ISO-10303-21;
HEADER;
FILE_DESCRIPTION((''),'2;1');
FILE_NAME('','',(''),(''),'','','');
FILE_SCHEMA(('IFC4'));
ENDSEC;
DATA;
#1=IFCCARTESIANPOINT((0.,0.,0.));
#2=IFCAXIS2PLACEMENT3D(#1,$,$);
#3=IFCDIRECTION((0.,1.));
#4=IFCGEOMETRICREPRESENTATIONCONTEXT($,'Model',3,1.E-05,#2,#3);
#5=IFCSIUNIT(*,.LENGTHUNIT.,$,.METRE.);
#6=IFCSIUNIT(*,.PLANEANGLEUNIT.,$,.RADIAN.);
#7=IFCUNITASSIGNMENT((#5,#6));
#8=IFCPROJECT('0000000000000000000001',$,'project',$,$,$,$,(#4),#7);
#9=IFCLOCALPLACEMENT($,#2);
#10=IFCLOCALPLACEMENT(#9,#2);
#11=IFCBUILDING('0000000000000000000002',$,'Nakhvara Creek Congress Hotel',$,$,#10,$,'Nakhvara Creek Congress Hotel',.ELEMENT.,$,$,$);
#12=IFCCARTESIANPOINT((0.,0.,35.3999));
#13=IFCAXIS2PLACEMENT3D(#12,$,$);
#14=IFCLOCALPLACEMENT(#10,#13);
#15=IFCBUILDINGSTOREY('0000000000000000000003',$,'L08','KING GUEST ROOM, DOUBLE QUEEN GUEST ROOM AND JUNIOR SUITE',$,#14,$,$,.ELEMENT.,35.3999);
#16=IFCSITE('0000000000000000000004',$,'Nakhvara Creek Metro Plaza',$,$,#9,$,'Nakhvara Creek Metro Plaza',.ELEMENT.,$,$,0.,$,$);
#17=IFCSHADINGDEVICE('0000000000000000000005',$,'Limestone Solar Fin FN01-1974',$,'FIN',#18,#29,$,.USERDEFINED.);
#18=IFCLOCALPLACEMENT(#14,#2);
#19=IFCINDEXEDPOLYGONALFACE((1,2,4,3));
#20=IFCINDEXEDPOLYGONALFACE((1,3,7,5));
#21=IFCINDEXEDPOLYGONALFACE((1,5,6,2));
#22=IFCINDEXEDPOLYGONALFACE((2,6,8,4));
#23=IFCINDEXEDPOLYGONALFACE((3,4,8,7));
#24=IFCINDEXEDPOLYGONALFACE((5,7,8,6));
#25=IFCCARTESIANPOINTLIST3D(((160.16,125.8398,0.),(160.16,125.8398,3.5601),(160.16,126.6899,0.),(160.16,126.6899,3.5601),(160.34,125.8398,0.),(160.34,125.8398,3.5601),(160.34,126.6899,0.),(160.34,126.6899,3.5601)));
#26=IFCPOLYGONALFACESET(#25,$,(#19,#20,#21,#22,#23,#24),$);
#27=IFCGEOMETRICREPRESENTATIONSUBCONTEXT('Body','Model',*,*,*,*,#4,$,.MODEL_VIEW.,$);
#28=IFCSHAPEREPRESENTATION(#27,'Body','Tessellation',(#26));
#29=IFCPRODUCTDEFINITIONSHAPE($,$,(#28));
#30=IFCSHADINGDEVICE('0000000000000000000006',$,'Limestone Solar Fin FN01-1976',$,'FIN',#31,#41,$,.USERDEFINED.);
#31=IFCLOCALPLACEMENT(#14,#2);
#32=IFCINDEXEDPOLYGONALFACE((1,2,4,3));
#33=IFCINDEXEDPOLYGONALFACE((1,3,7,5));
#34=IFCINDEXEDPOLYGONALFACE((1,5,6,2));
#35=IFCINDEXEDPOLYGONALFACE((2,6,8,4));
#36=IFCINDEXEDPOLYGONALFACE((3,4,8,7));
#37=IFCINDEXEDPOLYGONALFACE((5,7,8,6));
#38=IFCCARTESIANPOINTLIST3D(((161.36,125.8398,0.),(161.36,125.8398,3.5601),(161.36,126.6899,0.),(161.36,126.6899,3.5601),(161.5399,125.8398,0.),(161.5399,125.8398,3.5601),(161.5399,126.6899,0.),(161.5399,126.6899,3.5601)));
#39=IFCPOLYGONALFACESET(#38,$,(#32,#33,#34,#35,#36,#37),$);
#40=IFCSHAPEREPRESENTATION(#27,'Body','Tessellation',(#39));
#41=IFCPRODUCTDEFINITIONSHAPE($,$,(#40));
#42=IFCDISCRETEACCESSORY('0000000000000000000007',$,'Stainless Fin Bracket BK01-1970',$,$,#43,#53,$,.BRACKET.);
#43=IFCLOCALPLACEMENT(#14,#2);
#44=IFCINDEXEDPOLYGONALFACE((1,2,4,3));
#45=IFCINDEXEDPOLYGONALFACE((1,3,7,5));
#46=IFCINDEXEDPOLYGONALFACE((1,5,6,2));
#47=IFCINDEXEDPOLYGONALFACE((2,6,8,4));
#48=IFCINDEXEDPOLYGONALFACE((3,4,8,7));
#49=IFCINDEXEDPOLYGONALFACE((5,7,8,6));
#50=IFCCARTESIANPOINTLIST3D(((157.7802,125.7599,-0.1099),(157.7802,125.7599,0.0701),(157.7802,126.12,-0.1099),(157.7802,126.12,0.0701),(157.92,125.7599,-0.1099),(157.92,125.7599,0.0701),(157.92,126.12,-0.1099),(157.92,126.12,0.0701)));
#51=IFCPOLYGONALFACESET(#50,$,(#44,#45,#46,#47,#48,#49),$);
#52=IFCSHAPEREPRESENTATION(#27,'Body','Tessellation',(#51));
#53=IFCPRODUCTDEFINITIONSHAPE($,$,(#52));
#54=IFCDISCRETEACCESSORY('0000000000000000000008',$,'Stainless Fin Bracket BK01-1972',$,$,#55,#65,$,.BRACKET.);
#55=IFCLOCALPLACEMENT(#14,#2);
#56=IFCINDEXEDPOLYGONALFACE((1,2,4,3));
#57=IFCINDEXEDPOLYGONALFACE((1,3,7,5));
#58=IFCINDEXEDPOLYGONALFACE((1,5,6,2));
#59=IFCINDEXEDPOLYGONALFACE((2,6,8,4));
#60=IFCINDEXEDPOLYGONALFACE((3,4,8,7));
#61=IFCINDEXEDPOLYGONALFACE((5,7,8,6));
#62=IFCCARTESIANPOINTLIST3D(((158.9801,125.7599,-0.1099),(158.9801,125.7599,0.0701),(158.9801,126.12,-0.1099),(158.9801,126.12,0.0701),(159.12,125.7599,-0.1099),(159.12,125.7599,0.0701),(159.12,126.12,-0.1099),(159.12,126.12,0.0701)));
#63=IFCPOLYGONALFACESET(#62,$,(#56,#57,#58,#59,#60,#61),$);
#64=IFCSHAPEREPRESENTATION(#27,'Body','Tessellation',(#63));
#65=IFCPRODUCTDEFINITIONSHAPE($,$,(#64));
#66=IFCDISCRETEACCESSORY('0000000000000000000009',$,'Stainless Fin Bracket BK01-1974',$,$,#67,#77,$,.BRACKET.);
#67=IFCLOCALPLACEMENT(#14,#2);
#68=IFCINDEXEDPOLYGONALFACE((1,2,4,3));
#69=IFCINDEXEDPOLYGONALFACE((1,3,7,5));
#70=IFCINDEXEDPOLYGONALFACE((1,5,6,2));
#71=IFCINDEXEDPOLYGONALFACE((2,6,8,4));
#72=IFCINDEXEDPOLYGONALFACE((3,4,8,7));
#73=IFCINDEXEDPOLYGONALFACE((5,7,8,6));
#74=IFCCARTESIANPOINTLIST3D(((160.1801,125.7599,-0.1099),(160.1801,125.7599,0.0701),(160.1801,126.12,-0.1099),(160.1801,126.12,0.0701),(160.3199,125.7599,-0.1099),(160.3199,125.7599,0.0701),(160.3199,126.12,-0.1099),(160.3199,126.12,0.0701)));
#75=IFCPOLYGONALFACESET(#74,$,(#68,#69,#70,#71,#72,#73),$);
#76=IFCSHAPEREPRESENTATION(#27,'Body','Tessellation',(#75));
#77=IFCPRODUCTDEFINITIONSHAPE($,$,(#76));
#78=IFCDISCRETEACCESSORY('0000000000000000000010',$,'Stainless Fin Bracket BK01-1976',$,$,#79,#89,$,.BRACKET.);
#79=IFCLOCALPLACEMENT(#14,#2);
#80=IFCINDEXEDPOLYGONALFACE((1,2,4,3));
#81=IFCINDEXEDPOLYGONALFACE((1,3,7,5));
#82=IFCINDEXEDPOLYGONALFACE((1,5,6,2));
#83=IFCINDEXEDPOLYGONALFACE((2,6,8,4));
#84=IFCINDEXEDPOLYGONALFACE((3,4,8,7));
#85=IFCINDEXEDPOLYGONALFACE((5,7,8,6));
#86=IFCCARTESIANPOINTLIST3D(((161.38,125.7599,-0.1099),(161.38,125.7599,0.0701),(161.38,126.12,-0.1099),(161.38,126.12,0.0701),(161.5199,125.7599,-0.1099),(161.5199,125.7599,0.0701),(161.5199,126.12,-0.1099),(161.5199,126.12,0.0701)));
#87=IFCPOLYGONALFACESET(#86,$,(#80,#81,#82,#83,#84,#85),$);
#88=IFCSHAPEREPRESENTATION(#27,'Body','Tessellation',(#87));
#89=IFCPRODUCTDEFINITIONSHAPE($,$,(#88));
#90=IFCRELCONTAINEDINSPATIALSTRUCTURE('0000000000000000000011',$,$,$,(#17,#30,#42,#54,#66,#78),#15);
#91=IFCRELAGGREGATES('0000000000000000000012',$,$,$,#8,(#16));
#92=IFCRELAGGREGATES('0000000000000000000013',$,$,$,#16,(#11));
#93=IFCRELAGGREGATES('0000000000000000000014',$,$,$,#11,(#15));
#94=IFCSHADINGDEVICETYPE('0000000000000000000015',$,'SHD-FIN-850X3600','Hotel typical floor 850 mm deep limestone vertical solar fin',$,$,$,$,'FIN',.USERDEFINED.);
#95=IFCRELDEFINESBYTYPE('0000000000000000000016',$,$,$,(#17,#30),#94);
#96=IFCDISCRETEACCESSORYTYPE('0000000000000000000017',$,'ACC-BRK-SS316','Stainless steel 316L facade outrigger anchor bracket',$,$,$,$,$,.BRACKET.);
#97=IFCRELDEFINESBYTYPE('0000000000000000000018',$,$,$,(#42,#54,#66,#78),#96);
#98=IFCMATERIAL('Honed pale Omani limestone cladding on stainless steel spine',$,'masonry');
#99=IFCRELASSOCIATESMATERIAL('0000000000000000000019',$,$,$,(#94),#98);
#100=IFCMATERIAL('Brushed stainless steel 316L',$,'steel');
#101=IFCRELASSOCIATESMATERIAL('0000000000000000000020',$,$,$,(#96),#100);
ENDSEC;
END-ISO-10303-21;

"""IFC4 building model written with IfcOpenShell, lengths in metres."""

from ifc_helpers import new_model, si_unit, direction, frame, origin, origin_2d, place, context, subcontext, project, spatial, rectangle, extrude, material, type_object, element, save


model = new_model("IFC4")

# Units and contexts
model_context = context("Model", 3, precision=1e-05, world=origin(), true_north=direction((0.0, 1.0)))
body_context = subcontext(model_context, "Body", "Model", "MODEL_VIEW")
ifc_project = project(units=[si_unit("LENGTHUNIT", "METRE"), si_unit("PLANEANGLEUNIT", "RADIAN")], contexts=[model_context])

# Site, building, storey
site_placement = place(None, origin())
site = spatial("IfcSite", under=ifc_project, at=site_placement, Name="Nakhvara Creek Metro Plaza", LongName="Nakhvara Creek Metro Plaza", CompositionType="ELEMENT", RefElevation=0.0)
building_placement = place(site_placement, origin())
building = spatial("IfcBuilding", under=site, at=building_placement, Name="Nakhvara Creek Congress Hotel", LongName="Nakhvara Creek Congress Hotel", CompositionType="ELEMENT")
storey_placement = place(building_placement, frame((0.0, 0.0, 35.3999)))
storey = spatial("IfcBuildingStorey", under=building, at=storey_placement, Name="L08", Description="KING GUEST ROOM, DOUBLE QUEEN GUEST ROOM AND JUNIOR SUITE", CompositionType="ELEMENT", Elevation=35.3999)

# Shading devices
ifc_material_1 = material(Name="Honed pale Omani limestone cladding on stainless steel spine", Category="masonry")
shading_device_type = type_object("IfcShadingDeviceType", Name="SHD-FIN-850X3600", Description="Hotel typical floor 850 mm deep limestone vertical solar fin", ElementType="FIN", PredefinedType="USERDEFINED", material=ifc_material_1)
for number, where, z_axis, x_axis, name in (
    (1, (160.25, 126.2649, 0.0), (0.0, 0.0, 1.0), (1.0, 0.0, 0.0), "Limestone Solar Fin FN01-1974"),
    (2, (161.45, 126.2649, 0.0), (0.0, 0.0, 1.0), (1.0, 0.0, 0.0), "Limestone Solar Fin FN01-1976"),
):
    element("IfcShadingDevice", number, at=place(storey_placement, frame(where, z_axis=z_axis, x_axis=x_axis)), inside=storey, type_object=shading_device_type, Name=name, ObjectType="FIN", PredefinedType="USERDEFINED", context=body_context, shape_type="SweptSolid", body=[
        extrude(rectangle(XDim=0.1799, YDim=0.8501, at=origin_2d()), origin(), (0.0, 0.0, 1.0), 3.5601),
    ])

# Discrete accessories
ifc_material_2 = material(Name="Brushed stainless steel 316L", Category="steel")
discrete_accessory_type = type_object("IfcDiscreteAccessoryType", Name="ACC-BRK-SS316", Description="Stainless steel 316L facade outrigger anchor bracket", PredefinedType="BRACKET", material=ifc_material_2)
for number, where, z_axis, x_axis, name in (
    (3, (157.8501, 125.9399, -0.1099), (0.0, 0.0, 1.0), (1.0, 0.0, 0.0), "Stainless Fin Bracket BK01-1970"),
    (4, (159.05, 125.9399, -0.1099), (0.0, 0.0, 1.0), (1.0, 0.0, 0.0), "Stainless Fin Bracket BK01-1972"),
    (5, (160.25, 125.9399, -0.1099), (0.0, 0.0, 1.0), (1.0, 0.0, 0.0), "Stainless Fin Bracket BK01-1974"),
    (6, (161.45, 125.9399, -0.1099), (0.0, 0.0, 1.0), (1.0, 0.0, 0.0), "Stainless Fin Bracket BK01-1976"),
):
    element("IfcDiscreteAccessory", number, at=place(storey_placement, frame(where, z_axis=z_axis, x_axis=x_axis)), inside=storey, type_object=discrete_accessory_type, Name=name, PredefinedType="BRACKET", context=body_context, shape_type="SweptSolid", body=[
        extrude(rectangle(XDim=0.1399, YDim=0.3601, at=origin_2d()), origin(), (0.0, 0.0, 1.0), 0.1799),
    ])

save(model, "model.ifc")
